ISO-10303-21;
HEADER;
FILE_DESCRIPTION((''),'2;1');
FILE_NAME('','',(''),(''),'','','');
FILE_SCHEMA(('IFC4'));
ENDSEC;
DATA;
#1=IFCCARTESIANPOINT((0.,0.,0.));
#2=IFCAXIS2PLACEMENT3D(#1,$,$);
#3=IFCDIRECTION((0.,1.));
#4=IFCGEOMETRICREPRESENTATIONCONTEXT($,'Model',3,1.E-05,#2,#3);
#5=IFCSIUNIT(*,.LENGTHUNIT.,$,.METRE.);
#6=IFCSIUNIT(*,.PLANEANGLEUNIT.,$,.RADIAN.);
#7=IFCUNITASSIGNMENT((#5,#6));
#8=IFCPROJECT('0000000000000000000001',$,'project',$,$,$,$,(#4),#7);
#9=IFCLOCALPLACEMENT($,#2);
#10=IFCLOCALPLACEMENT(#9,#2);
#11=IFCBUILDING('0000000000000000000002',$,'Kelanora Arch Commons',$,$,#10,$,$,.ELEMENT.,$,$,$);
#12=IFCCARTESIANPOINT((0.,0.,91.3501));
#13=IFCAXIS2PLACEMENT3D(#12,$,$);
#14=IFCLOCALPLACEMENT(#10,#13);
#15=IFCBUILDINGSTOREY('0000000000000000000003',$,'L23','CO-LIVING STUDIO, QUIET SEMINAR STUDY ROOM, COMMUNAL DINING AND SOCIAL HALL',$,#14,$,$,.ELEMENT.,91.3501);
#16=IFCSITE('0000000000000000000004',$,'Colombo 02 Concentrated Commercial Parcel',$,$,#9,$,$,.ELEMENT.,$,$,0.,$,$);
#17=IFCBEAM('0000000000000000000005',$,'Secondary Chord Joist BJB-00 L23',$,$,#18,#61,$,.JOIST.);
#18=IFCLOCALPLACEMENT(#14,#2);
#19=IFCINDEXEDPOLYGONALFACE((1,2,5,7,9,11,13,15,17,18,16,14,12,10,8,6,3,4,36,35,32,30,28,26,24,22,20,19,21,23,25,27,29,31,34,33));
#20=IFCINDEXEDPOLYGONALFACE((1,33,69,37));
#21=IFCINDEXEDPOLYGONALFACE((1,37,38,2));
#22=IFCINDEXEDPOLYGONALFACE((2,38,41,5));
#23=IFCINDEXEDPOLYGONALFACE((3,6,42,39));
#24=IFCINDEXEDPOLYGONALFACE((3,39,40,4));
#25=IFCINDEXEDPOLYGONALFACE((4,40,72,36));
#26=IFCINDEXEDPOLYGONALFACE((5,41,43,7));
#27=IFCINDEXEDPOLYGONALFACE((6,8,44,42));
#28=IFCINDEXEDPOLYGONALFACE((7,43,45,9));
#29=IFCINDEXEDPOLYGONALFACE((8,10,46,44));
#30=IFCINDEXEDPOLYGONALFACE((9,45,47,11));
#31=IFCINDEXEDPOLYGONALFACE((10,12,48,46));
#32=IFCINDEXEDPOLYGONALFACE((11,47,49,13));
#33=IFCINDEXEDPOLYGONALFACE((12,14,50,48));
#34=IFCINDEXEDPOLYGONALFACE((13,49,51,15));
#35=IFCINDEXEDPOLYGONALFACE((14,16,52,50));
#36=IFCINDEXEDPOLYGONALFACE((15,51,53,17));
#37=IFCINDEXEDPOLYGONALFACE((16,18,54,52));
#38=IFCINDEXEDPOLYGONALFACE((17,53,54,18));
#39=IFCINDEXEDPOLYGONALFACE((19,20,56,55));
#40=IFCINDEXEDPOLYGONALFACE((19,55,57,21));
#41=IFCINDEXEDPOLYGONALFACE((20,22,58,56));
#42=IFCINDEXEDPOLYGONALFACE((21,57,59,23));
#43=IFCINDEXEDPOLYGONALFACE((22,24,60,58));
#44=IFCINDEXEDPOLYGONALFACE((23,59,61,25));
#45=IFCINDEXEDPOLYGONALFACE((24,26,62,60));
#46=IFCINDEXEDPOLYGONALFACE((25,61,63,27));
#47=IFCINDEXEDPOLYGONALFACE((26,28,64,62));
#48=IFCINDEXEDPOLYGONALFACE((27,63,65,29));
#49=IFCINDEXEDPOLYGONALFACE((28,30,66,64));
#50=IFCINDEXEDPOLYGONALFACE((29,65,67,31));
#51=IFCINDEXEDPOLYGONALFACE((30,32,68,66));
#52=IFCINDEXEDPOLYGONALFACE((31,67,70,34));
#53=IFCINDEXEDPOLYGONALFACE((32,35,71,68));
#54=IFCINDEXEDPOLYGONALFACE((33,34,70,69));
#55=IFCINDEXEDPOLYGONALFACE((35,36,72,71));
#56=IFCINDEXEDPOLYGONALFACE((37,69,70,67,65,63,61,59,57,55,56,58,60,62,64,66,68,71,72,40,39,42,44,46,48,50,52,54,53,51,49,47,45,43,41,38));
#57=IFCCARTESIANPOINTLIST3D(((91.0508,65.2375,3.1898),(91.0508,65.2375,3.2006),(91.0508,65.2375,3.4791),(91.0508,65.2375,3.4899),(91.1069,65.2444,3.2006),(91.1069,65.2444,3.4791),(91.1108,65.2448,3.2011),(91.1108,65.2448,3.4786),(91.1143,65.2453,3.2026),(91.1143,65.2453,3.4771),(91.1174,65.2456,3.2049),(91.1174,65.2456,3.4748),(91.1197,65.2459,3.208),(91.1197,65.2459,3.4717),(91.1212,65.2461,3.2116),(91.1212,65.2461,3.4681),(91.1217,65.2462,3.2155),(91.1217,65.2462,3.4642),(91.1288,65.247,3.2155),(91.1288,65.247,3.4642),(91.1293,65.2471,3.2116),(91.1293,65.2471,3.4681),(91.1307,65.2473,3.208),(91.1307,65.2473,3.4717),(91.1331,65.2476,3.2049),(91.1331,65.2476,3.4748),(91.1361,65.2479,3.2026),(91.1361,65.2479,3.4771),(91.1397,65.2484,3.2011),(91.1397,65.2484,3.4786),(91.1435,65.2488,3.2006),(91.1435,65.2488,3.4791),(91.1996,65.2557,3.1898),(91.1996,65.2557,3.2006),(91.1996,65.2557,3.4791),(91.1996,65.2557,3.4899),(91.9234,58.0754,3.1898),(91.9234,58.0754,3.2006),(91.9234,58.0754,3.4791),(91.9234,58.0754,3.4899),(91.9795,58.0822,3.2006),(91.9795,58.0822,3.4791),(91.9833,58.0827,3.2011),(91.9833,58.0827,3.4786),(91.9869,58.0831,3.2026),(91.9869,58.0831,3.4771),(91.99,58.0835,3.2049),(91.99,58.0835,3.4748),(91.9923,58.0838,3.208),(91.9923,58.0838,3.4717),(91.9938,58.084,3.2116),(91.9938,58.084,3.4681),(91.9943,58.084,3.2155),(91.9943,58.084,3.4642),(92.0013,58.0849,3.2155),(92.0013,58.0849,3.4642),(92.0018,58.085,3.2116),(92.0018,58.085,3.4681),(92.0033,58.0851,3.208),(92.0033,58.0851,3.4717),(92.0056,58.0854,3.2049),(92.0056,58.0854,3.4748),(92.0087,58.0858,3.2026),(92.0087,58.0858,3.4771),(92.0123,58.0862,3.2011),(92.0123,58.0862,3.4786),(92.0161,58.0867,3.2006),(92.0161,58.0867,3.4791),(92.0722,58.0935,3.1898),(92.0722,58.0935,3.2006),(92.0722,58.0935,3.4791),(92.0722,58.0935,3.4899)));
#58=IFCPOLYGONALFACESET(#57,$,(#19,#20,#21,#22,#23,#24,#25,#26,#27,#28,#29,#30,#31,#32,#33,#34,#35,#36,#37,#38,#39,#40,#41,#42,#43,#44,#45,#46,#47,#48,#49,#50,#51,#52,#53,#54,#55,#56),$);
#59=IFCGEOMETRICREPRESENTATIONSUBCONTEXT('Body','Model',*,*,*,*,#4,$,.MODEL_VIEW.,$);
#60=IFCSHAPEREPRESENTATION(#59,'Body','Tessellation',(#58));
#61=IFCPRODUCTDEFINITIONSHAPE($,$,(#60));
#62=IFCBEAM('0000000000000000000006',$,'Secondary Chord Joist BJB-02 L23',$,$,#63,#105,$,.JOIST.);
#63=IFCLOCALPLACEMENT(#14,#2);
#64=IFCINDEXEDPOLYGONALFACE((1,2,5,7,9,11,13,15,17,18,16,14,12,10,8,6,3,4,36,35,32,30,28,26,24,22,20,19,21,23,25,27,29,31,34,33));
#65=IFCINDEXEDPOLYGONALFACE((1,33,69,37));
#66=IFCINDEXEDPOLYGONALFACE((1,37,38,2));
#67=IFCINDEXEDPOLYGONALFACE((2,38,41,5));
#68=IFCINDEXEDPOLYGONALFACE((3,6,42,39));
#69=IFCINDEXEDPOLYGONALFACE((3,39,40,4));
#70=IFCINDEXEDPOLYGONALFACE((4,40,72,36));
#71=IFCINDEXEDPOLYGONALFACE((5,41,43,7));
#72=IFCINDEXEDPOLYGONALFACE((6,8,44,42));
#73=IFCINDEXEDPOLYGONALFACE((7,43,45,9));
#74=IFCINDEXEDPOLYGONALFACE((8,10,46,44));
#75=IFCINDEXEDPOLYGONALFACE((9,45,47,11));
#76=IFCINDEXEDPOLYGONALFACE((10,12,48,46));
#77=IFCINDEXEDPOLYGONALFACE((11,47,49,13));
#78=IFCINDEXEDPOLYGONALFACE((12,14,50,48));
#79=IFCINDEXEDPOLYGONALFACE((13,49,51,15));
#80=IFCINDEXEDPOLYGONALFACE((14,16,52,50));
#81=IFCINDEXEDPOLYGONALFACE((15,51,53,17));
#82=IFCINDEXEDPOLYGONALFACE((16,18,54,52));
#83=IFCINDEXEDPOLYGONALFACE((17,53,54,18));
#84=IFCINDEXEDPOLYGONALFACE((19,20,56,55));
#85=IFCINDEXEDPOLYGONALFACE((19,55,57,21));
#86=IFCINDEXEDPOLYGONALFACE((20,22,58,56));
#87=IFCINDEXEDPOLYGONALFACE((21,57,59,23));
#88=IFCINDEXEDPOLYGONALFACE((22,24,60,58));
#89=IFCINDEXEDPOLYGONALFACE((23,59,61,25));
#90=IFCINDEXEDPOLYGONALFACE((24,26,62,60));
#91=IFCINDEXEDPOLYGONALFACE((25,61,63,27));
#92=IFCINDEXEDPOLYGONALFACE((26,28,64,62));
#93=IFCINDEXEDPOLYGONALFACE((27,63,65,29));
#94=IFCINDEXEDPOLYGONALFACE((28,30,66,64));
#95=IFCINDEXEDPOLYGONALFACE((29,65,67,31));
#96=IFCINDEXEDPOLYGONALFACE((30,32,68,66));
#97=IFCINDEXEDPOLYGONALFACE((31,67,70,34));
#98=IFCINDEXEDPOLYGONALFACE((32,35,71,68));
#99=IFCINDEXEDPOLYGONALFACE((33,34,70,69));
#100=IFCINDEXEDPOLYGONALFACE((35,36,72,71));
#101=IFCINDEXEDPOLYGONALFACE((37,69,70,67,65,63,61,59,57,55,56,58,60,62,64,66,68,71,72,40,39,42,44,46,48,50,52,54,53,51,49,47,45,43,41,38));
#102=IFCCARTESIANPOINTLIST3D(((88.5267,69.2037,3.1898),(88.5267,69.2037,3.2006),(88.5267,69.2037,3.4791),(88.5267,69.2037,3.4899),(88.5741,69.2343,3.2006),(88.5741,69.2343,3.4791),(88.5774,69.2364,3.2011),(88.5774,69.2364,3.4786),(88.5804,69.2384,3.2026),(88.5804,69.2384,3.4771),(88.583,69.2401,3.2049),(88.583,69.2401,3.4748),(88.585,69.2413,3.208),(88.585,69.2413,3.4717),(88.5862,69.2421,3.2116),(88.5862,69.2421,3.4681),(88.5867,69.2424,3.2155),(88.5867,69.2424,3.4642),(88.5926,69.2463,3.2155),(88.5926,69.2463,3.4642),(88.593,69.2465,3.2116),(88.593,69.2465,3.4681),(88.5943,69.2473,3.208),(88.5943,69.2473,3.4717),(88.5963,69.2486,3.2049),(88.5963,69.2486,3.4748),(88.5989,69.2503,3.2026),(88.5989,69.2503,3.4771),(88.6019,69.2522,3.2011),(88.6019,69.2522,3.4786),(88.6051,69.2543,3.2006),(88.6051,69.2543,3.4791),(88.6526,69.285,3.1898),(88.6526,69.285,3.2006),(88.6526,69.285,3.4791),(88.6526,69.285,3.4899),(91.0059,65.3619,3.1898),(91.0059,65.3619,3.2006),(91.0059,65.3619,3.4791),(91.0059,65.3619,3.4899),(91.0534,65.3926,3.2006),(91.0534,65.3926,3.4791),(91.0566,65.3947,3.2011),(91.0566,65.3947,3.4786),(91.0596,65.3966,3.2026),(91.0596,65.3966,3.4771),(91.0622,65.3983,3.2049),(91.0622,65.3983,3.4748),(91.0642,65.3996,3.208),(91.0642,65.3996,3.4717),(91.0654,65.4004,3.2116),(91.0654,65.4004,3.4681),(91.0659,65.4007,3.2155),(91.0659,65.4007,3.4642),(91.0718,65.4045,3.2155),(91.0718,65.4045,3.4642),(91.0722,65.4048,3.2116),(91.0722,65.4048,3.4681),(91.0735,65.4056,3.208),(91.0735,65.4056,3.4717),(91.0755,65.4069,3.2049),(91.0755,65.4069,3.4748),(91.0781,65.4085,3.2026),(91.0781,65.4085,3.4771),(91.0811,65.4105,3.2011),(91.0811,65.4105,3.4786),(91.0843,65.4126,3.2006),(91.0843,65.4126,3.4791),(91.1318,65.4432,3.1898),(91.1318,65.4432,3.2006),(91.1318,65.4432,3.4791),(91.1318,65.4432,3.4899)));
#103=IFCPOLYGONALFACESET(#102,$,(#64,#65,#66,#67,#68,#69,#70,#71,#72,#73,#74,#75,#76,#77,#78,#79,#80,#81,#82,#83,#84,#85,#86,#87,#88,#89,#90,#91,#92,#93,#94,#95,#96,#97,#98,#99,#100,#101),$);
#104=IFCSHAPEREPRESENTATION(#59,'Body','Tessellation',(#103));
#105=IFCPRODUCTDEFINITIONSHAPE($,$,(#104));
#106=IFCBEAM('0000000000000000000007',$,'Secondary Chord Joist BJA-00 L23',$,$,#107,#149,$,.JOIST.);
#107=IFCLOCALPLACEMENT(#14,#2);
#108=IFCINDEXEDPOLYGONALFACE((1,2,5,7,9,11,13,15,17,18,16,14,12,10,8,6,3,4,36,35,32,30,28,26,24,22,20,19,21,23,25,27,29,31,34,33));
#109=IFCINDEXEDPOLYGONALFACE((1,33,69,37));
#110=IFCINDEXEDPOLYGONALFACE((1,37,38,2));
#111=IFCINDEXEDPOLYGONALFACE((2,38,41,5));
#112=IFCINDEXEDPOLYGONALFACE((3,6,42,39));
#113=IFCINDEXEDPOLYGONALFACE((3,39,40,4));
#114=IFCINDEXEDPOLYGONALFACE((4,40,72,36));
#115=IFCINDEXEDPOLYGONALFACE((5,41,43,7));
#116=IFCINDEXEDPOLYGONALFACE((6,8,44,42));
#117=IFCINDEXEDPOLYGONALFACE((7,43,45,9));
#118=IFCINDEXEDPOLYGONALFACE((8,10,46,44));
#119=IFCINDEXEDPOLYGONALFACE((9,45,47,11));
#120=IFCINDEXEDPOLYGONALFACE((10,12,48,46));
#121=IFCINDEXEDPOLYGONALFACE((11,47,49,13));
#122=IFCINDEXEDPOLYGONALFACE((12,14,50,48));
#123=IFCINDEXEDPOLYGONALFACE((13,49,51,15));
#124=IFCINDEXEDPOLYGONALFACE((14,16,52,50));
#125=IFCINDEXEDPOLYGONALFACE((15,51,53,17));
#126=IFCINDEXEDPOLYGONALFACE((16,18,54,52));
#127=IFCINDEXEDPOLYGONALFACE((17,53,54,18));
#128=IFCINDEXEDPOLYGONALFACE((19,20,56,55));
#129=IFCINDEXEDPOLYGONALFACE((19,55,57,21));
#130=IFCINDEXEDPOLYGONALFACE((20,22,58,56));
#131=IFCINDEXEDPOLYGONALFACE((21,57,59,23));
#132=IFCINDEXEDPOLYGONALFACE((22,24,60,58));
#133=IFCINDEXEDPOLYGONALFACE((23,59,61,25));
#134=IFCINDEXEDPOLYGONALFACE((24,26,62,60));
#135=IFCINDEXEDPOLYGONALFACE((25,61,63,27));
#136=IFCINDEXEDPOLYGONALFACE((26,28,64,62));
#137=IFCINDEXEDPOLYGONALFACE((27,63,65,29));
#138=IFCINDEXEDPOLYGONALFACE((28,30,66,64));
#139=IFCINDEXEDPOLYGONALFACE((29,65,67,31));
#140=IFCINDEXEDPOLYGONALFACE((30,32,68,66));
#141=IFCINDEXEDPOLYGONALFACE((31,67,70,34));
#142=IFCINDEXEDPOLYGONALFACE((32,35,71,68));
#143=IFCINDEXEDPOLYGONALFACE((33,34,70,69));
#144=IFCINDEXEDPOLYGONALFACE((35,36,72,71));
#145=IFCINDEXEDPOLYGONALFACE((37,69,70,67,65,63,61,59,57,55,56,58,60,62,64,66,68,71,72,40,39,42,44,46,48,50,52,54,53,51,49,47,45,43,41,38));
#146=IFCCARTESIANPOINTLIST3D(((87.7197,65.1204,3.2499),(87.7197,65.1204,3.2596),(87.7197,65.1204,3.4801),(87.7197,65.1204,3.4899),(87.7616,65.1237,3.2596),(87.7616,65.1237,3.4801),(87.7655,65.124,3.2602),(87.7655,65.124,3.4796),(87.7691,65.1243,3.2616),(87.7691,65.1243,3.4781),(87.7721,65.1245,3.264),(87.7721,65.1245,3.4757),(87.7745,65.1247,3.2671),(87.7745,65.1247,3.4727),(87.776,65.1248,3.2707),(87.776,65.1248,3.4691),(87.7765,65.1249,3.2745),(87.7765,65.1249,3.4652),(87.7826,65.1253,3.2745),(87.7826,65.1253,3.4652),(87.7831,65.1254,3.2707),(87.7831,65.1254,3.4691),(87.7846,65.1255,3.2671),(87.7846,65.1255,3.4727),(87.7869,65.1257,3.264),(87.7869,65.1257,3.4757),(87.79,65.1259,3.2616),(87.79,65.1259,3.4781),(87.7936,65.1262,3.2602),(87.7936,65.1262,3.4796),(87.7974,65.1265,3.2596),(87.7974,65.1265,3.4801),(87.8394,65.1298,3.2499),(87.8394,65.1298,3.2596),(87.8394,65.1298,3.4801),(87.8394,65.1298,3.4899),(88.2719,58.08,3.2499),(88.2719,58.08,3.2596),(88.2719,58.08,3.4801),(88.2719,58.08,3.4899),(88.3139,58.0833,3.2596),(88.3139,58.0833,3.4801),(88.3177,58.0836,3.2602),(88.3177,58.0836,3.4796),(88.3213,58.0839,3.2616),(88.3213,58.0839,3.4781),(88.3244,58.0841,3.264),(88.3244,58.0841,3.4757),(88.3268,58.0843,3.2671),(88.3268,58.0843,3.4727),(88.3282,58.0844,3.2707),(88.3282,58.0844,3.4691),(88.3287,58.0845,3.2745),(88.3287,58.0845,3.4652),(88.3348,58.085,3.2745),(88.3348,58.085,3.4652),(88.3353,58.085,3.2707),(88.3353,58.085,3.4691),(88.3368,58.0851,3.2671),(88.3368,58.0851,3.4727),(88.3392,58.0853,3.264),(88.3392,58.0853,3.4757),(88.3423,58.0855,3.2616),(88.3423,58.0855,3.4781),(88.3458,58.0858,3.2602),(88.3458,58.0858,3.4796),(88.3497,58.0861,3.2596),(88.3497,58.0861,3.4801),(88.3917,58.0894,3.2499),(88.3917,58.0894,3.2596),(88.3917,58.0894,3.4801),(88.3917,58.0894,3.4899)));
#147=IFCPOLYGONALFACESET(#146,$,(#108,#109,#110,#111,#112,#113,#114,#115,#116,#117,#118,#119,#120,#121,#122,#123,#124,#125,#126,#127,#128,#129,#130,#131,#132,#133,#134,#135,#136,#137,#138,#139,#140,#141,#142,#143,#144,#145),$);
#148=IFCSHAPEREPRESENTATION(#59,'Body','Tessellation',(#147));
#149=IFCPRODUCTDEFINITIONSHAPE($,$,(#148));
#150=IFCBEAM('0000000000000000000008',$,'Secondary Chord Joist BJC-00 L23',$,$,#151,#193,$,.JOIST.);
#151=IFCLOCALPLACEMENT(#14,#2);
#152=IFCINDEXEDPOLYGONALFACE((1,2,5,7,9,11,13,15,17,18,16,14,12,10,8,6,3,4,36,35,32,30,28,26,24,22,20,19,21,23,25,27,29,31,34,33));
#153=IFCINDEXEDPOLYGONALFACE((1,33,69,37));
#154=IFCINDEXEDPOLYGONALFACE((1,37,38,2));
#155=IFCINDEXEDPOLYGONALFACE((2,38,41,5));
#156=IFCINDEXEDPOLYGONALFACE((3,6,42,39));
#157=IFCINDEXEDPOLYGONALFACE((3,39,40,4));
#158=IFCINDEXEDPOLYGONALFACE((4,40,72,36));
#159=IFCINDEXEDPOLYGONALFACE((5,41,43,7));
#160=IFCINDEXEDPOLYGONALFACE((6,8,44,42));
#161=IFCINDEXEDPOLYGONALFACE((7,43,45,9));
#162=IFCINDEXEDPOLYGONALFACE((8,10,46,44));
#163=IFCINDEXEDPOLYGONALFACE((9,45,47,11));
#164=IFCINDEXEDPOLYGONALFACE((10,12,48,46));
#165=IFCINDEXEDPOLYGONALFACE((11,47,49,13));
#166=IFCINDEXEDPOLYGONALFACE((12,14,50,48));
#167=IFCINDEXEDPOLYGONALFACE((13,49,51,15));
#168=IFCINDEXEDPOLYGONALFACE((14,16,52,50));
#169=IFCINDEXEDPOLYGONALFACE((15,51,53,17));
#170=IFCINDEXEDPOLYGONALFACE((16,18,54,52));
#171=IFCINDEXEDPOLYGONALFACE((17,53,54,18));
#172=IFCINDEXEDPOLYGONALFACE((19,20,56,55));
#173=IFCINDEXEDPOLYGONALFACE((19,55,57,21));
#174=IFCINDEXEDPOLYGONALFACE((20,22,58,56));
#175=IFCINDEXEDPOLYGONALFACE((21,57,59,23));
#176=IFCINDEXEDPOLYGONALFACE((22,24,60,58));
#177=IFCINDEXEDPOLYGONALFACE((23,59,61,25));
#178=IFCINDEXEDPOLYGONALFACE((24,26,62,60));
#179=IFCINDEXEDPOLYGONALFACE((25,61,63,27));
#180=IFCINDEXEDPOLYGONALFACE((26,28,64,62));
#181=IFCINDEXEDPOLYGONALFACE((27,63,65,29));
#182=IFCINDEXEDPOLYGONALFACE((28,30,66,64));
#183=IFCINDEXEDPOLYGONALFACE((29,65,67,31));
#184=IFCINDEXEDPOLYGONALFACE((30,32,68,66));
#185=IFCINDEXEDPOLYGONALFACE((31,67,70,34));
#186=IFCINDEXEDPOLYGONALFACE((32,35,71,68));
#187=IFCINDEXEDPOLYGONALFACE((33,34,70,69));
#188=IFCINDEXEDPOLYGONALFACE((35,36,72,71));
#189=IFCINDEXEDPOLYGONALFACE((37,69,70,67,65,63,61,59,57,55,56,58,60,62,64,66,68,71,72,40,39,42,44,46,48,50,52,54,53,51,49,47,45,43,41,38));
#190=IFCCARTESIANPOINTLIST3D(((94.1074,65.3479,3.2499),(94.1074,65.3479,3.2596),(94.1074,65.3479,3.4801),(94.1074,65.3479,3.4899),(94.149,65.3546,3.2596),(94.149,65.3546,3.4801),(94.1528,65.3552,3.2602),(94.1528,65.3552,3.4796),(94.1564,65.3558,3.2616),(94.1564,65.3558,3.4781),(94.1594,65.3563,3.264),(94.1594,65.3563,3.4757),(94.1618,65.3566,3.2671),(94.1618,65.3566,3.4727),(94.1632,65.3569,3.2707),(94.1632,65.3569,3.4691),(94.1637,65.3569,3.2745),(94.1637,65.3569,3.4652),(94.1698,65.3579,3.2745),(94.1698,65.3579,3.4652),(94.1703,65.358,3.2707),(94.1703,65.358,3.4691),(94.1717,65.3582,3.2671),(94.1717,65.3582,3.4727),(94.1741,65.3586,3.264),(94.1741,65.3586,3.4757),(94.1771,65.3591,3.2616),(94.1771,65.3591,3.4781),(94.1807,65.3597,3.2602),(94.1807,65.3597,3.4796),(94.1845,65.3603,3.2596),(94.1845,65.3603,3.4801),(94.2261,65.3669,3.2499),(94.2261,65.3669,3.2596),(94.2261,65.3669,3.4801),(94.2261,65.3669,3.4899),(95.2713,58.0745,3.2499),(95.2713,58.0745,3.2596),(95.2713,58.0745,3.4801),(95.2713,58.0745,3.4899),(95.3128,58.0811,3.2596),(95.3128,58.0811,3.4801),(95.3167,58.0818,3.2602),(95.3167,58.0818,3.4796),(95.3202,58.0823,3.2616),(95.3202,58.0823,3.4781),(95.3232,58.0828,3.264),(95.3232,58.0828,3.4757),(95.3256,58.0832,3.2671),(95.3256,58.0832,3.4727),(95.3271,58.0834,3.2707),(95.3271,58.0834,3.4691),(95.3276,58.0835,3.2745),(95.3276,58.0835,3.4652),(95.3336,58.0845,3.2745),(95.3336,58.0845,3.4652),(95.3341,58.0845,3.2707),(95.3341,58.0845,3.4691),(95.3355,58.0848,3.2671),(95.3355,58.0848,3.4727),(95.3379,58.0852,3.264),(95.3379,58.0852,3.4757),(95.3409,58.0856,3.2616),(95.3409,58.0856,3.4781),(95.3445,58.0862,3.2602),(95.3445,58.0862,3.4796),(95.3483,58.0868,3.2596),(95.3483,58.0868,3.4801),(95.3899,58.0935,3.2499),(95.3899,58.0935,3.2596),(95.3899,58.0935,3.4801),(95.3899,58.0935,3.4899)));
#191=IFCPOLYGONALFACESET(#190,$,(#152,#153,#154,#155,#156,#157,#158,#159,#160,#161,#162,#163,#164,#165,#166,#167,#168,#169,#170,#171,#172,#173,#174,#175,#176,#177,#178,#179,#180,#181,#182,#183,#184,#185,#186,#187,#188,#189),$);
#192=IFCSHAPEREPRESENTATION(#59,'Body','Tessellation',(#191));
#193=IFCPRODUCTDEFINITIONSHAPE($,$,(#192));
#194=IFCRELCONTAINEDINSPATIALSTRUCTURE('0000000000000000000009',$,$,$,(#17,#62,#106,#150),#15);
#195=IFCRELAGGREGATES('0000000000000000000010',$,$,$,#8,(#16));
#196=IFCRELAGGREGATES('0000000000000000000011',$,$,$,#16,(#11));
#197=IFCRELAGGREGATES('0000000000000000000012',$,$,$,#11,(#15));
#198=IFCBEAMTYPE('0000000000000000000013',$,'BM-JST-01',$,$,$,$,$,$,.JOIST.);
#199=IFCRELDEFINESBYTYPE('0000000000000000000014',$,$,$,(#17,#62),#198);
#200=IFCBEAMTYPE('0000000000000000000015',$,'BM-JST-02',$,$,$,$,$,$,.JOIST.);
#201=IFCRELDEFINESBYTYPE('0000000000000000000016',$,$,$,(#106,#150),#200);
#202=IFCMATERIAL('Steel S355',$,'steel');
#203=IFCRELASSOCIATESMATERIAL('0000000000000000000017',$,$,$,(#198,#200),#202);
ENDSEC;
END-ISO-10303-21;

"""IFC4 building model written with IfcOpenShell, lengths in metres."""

from ifc_helpers import new_model, si_unit, direction, frame, origin, origin_2d, place, context, subcontext, project, spatial, i_section, extrude, material, material_profile, profile_set, type_object, element, save


model = new_model("IFC4")

# Units and contexts
model_context = context("Model", 3, precision=1e-05, world=origin(), true_north=direction((0.0, 1.0)))
body_context = subcontext(model_context, "Body", "Model", "MODEL_VIEW")
ifc_project = project(units=[si_unit("LENGTHUNIT", "METRE"), si_unit("PLANEANGLEUNIT", "RADIAN")], contexts=[model_context])

# Site, building, storey
site_placement = place(None, origin())
site = spatial("IfcSite", under=ifc_project, at=site_placement, Name="Colombo 02 Concentrated Commercial Parcel", CompositionType="ELEMENT", RefElevation=0.0)
building_placement = place(site_placement, origin())
building = spatial("IfcBuilding", under=site, at=building_placement, Name="Kelanora Arch Commons", CompositionType="ELEMENT")
storey_placement = place(building_placement, frame((0.0, 0.0, 91.3501)))
storey = spatial("IfcBuildingStorey", under=building, at=storey_placement, Name="L23", Description="CO-LIVING STUDIO, QUIET SEMINAR STUDY ROOM, COMMUNAL DINING AND SOCIAL HALL", CompositionType="ELEMENT", Elevation=91.3501)

# Beams
ifc_material_1 = material(Name="Steel S355", Category="steel")
ifc_material_profile_1 = material_profile(ifc_material_1, i_section(OverallWidth=0.1499, OverallDepth=0.3, WebThickness=0.0071, FlangeThickness=0.0107, FilletRadius=0.0149, at=origin_2d()), Name="IPE300")
ifc_profile_set_1 = profile_set([ifc_material_profile_1], Name="Steel S355")
beam_type_1 = type_object("IfcBeamType", Name="BM-JST-01", PredefinedType="JOIST", material=ifc_profile_set_1)
beam_1_placement = place(storey_placement, frame((91.9978, 58.0845, 3.3398), z_axis=(-0.120936, 0.99266, 0.0), x_axis=(-0.99266, -0.120936, 0.0)))
element("IfcBeam", 1, at=beam_1_placement, inside=storey, type_object=beam_type_1, Name="Secondary Chord Joist BJB-00 L23", PredefinedType="JOIST", context=body_context, shape_type="SweptSolid", body=[
    extrude(i_section(OverallWidth=0.1499, OverallDepth=0.3, WebThickness=0.0071, FlangeThickness=0.0107, FilletRadius=0.0149, at=origin_2d()), origin(), (0.0, 0.0, 1.0), 7.2151),
])
beam_2_placement = place(storey_placement, frame((91.0688, 65.4026, 3.3398), z_axis=(-0.54223, 0.84023, 0.0), x_axis=(-0.84023, -0.54223, 0.0)))
element("IfcBeam", 2, at=beam_2_placement, inside=storey, type_object=beam_type_1, Name="Secondary Chord Joist BJB-02 L23", PredefinedType="JOIST", context=body_context, shape_type="SweptSolid", body=[
    extrude(i_section(OverallWidth=0.1499, OverallDepth=0.3, WebThickness=0.0071, FlangeThickness=0.0107, FilletRadius=0.0149, at=origin_2d()), origin(), (0.0, 0.0, 1.0), 4.5723),
])
ifc_material_profile_2 = material_profile(ifc_material_1, i_section(OverallWidth=0.1201, OverallDepth=0.24, WebThickness=0.0061, FlangeThickness=0.0098, FilletRadius=0.0149, at=origin_2d()), Name="IPE240")
ifc_profile_set_2 = profile_set([ifc_material_profile_2], Name="Steel S355")
beam_type_2 = type_object("IfcBeamType", Name="BM-JST-02", PredefinedType="JOIST", material=ifc_profile_set_2)
beam_3_placement = place(storey_placement, frame((88.3318, 58.0847, 3.3699), z_axis=(-0.078201, 0.996938, 0.0), x_axis=(-0.996938, -0.078201, 0.0)))
element("IfcBeam", 3, at=beam_3_placement, inside=storey, type_object=beam_type_2, Name="Secondary Chord Joist BJA-00 L23", PredefinedType="JOIST", context=body_context, shape_type="SweptSolid", body=[
    extrude(i_section(OverallWidth=0.1201, OverallDepth=0.24, WebThickness=0.0061, FlangeThickness=0.0098, FilletRadius=0.0149, at=origin_2d()), origin(), (0.0, 0.0, 1.0), 7.062),
])
beam_4_placement = place(storey_placement, frame((95.3306, 58.084, 3.3699), z_axis=(-0.158, 0.987439, 0.0), x_axis=(-0.987439, -0.158, 0.0)))
element("IfcBeam", 4, at=beam_4_placement, inside=storey, type_object=beam_type_2, Name="Secondary Chord Joist BJC-00 L23", PredefinedType="JOIST", context=body_context, shape_type="SweptSolid", body=[
    extrude(i_section(OverallWidth=0.1201, OverallDepth=0.24, WebThickness=0.0061, FlangeThickness=0.0098, FilletRadius=0.0149, at=origin_2d()), origin(), (0.0, 0.0, 1.0), 7.366),
])

save(model, "model.ifc")
